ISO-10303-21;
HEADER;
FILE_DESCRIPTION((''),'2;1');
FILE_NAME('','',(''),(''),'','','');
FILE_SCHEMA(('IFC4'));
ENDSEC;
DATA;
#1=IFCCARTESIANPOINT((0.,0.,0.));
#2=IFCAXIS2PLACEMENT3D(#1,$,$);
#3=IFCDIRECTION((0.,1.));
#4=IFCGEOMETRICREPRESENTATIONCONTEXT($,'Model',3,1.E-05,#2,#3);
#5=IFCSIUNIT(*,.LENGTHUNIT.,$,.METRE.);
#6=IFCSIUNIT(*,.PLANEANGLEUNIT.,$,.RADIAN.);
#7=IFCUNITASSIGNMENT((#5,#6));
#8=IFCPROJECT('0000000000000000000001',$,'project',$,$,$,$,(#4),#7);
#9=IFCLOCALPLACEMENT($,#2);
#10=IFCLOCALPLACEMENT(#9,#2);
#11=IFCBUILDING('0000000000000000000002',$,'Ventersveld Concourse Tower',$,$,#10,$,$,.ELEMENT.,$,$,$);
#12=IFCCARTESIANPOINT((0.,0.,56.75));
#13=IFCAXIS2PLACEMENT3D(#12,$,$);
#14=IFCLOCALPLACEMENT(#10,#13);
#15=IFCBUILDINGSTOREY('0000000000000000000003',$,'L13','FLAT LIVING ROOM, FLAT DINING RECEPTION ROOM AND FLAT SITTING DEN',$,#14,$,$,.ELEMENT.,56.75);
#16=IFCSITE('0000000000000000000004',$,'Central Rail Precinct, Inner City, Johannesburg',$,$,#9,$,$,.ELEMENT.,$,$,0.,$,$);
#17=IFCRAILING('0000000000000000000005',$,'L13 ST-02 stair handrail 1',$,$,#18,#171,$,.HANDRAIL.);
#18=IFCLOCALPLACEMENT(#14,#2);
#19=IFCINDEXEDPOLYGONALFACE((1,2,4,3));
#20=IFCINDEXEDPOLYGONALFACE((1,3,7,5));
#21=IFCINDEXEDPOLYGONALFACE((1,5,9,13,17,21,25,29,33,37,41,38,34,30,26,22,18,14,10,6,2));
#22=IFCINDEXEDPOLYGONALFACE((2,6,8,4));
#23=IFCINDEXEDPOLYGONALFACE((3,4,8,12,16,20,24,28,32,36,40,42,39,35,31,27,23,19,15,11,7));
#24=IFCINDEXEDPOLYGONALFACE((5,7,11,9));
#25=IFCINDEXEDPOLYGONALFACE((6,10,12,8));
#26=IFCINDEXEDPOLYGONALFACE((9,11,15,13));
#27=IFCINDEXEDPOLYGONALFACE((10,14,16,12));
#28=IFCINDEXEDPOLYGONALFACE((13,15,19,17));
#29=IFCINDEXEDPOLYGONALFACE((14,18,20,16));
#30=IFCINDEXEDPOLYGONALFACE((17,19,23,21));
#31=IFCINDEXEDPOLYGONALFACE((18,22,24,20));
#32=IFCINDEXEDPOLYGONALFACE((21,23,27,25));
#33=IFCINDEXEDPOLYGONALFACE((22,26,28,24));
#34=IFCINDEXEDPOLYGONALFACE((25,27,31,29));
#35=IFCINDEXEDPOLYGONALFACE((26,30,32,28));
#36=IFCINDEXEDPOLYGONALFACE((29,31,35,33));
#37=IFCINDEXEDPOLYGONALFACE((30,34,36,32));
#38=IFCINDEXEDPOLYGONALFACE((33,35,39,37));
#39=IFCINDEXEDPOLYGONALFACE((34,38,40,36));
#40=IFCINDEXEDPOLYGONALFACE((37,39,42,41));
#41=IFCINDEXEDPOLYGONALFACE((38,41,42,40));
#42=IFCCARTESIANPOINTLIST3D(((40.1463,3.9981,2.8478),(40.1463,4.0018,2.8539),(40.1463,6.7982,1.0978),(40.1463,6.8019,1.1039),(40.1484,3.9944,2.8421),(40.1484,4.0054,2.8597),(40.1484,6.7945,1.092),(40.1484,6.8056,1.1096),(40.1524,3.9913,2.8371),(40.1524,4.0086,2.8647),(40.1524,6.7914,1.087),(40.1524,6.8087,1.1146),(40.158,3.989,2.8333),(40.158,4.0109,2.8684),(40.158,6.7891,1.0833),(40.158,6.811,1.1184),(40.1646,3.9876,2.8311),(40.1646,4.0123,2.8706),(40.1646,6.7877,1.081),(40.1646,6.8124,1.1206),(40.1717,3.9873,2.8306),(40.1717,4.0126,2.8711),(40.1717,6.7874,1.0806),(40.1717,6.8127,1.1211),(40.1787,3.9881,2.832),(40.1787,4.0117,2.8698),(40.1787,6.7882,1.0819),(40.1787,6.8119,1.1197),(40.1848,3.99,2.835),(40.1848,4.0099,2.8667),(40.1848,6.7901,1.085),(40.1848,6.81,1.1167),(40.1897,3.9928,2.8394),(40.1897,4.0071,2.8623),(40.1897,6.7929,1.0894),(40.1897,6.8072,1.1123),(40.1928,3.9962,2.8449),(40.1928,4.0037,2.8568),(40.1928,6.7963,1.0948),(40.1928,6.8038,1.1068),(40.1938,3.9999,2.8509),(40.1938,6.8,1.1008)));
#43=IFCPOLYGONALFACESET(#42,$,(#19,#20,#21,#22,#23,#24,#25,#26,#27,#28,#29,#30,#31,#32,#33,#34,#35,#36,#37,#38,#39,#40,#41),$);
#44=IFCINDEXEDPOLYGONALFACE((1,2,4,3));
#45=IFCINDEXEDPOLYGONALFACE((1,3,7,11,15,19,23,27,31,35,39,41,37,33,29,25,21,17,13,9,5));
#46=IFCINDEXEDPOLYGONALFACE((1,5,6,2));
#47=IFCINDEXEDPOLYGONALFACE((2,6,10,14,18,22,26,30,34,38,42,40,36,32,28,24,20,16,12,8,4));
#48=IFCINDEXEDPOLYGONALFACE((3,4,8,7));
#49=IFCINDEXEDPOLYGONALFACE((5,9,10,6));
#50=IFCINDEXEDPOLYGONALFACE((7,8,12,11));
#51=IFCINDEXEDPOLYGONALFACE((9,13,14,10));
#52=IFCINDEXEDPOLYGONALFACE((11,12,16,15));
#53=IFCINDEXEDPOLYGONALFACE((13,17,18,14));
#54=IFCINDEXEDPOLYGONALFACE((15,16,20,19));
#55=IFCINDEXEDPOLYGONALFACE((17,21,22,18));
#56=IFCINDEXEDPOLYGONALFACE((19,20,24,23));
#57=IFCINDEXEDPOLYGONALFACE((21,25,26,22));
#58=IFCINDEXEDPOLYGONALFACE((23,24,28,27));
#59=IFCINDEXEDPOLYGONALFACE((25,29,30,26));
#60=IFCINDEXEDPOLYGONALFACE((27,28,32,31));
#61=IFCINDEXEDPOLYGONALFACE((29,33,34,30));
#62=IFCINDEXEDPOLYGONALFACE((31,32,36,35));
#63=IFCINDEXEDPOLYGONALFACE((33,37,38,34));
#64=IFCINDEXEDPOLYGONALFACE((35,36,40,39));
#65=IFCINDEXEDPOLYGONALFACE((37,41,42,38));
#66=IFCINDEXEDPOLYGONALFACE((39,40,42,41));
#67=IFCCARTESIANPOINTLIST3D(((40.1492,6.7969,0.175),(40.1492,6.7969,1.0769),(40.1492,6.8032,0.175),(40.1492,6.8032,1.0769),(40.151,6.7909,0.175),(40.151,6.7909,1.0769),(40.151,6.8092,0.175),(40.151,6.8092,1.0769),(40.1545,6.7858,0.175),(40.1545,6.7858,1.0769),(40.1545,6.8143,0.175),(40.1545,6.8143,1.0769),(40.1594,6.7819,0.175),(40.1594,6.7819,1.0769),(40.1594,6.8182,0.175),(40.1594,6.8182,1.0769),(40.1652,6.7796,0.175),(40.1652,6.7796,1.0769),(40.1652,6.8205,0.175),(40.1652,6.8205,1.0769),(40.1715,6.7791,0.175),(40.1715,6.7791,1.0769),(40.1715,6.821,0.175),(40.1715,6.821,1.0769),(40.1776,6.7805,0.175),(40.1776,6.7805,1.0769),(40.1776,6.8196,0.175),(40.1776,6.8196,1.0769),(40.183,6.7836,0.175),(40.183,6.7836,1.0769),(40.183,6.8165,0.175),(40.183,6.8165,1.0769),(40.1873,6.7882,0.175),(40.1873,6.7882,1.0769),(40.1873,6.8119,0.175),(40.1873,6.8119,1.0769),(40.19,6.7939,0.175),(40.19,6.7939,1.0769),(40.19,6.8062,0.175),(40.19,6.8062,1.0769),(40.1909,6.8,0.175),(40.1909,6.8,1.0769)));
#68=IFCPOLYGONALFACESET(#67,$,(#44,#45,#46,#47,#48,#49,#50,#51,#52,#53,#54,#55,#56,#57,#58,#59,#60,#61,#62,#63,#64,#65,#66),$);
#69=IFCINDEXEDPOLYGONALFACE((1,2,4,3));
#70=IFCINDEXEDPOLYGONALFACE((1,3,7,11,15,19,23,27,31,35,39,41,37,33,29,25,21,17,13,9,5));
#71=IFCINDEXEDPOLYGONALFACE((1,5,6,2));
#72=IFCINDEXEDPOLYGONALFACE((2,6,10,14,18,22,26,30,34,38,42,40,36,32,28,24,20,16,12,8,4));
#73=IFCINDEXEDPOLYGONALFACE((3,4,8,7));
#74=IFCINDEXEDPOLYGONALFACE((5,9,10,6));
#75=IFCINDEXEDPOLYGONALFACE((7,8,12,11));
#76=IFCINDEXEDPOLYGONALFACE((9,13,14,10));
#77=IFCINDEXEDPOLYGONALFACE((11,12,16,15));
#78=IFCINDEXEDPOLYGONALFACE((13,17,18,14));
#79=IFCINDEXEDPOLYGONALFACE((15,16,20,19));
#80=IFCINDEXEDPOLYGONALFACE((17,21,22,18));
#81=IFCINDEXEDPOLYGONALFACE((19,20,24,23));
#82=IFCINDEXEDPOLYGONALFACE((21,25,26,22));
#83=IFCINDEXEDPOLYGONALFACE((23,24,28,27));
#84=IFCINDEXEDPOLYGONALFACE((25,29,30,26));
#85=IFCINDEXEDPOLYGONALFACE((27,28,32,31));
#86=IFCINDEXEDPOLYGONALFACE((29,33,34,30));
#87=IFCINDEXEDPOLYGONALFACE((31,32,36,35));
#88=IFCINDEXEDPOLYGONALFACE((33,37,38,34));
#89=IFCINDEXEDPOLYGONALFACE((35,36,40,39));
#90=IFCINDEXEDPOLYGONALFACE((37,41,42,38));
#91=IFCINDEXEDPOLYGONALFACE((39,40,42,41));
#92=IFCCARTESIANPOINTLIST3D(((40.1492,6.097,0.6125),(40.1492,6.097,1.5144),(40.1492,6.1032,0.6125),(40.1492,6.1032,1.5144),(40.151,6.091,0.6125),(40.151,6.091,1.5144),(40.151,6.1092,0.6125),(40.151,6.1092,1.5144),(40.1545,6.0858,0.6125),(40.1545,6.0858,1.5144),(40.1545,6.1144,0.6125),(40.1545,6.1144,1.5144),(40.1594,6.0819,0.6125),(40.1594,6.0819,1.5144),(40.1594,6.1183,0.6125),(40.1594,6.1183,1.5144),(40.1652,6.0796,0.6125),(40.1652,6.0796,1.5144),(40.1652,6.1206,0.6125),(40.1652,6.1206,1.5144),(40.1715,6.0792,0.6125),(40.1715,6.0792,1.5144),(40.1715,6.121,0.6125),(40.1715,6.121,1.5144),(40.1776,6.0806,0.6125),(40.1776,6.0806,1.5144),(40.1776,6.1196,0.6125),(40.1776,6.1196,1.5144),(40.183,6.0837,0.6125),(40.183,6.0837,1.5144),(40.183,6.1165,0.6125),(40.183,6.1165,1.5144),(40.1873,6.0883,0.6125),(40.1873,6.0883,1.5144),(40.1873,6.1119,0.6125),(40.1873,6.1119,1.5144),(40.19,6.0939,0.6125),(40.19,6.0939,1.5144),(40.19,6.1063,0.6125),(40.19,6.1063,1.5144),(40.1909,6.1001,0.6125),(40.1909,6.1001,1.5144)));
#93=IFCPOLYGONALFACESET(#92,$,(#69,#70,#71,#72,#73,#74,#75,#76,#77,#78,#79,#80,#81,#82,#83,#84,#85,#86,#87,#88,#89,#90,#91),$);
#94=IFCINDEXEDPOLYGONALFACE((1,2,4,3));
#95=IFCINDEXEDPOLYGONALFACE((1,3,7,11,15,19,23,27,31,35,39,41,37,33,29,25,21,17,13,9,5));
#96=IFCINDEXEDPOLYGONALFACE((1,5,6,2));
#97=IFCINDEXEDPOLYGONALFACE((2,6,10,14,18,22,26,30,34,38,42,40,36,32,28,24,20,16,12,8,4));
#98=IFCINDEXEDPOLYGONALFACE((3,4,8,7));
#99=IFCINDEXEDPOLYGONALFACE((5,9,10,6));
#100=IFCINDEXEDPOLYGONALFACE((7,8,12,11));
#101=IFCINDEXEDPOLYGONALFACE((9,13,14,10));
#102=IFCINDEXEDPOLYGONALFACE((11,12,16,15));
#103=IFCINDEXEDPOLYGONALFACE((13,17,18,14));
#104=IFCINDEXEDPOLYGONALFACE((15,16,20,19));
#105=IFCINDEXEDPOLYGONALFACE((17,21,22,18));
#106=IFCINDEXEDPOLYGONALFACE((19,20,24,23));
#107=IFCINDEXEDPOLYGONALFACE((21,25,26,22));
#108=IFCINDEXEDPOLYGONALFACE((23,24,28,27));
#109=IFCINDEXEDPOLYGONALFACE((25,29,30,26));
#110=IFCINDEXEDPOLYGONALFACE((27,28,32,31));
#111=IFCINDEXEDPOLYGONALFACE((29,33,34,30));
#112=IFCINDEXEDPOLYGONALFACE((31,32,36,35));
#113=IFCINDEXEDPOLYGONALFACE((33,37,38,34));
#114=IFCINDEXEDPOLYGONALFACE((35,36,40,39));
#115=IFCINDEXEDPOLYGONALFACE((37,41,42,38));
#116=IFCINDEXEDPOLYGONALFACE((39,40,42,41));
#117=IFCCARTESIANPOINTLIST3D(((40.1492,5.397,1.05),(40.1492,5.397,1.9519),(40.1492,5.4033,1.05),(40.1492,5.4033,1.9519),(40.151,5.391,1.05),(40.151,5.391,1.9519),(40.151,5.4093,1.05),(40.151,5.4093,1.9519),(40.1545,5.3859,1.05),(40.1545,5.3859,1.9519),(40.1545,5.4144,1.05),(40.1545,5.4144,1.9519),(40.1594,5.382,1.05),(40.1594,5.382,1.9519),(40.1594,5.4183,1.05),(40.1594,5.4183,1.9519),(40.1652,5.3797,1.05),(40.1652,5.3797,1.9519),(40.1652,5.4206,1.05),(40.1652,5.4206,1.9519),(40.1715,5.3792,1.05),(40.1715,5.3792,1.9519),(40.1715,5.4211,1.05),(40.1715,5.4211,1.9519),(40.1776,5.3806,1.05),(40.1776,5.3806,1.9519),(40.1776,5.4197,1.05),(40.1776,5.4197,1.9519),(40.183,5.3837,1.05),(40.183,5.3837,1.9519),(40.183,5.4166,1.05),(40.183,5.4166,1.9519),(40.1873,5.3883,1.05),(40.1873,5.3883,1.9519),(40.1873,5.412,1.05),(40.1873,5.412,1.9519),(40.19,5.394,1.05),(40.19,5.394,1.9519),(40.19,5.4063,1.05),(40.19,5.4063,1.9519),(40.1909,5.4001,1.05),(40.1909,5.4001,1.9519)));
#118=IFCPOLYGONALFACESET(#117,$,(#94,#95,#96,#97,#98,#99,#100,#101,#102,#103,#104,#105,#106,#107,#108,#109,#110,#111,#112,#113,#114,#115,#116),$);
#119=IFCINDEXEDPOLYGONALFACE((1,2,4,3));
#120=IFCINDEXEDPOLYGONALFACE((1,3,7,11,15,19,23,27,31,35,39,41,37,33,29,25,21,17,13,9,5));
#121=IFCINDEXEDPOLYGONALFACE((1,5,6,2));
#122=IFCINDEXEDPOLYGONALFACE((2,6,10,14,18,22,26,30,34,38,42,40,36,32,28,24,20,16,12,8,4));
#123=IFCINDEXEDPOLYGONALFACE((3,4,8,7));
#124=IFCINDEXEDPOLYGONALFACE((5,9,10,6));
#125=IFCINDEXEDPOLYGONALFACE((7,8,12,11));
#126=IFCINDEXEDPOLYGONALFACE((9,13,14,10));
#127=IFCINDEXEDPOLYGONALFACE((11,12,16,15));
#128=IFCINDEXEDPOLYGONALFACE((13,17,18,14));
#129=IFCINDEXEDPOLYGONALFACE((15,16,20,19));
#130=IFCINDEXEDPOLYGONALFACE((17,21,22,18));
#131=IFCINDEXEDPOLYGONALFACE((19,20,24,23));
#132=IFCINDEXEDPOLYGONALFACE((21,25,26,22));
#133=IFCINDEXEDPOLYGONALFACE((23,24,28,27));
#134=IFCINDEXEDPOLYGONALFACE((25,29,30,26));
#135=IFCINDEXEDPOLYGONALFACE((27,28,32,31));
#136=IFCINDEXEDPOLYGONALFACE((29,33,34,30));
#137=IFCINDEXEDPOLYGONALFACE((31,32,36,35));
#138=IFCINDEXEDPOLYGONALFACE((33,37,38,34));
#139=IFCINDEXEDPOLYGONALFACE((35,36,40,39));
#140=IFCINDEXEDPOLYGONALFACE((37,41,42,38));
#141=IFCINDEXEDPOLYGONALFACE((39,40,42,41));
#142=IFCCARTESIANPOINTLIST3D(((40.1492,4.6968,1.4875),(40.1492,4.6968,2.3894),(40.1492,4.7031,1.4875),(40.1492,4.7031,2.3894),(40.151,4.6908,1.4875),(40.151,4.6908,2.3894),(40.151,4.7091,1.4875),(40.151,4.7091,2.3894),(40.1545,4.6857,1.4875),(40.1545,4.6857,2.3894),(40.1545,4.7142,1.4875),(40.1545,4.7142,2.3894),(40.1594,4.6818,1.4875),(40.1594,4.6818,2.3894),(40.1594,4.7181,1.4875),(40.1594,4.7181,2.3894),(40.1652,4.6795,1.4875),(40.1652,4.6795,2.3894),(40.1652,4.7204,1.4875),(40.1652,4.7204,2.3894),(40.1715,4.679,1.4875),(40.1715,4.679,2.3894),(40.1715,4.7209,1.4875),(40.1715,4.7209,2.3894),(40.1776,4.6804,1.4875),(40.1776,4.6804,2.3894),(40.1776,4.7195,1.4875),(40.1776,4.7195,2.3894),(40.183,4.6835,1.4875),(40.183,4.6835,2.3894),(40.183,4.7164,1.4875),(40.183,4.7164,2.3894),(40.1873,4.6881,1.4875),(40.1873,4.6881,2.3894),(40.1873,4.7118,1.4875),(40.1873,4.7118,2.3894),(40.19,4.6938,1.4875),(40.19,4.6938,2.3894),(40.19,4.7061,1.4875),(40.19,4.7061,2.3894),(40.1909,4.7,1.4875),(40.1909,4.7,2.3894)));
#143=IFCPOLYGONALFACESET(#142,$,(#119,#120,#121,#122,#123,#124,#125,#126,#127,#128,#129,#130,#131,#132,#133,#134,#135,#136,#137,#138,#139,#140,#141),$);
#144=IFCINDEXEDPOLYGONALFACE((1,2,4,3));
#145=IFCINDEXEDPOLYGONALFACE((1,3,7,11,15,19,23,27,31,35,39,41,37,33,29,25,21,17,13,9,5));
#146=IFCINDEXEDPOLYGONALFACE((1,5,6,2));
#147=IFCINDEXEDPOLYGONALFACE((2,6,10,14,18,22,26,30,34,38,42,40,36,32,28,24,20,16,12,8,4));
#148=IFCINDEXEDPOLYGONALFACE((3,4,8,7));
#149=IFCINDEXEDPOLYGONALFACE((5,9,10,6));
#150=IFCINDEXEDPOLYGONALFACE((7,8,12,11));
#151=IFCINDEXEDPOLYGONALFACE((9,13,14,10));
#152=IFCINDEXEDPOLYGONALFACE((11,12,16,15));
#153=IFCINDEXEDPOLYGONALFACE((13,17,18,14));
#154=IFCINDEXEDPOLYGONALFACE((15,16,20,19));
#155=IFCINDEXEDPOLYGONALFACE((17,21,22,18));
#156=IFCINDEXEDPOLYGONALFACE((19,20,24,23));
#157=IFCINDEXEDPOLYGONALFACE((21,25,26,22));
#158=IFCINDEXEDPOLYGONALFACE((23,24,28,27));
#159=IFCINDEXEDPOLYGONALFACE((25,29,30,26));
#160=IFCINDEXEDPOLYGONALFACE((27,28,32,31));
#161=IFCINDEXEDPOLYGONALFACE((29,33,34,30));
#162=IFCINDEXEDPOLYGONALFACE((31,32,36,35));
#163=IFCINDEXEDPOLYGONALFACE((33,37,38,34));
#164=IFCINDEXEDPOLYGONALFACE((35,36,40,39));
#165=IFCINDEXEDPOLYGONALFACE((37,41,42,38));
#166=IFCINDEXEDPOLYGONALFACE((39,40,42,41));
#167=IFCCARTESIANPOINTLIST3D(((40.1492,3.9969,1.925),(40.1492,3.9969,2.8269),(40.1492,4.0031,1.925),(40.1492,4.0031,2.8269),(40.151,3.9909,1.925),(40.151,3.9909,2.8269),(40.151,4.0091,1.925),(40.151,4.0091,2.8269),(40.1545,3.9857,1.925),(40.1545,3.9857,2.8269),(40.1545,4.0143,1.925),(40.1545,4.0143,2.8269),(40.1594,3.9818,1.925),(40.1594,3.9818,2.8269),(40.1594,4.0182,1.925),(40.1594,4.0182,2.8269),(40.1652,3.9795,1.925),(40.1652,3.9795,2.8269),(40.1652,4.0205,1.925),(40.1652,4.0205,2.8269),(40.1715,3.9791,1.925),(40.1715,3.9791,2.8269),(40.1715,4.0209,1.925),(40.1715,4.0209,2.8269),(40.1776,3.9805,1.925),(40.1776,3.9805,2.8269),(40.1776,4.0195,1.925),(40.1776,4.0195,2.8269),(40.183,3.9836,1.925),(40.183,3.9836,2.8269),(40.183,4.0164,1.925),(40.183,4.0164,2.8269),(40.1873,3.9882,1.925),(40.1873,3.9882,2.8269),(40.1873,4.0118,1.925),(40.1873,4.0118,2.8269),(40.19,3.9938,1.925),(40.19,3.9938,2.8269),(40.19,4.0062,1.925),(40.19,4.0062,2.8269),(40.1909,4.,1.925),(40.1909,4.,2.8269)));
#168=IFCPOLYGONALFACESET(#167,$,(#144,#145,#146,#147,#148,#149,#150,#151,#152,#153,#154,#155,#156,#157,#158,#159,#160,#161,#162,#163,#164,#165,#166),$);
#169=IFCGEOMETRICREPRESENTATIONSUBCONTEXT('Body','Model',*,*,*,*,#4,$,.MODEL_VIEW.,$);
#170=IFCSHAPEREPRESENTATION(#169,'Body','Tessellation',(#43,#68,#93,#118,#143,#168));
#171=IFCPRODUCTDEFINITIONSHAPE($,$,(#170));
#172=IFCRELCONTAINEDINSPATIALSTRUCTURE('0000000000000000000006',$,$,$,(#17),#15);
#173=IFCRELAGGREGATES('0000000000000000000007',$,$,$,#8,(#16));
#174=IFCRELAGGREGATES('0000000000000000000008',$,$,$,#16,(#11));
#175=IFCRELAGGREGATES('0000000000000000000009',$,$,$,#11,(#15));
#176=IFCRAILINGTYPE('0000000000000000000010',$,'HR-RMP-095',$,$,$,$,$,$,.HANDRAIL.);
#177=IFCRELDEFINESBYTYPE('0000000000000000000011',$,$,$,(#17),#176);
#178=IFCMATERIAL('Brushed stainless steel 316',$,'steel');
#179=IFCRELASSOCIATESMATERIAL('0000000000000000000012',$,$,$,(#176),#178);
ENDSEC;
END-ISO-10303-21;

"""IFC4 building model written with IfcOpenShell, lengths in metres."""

from ifc_helpers import new_model, si_unit, direction, frame, origin, origin_2d, place, context, subcontext, project, spatial, circle, extrude, material, type_object, element, save


model = new_model("IFC4")

# Units and contexts
model_context = context("Model", 3, precision=1e-05, world=origin(), true_north=direction((0.0, 1.0)))
body_context = subcontext(model_context, "Body", "Model", "MODEL_VIEW")
ifc_project = project(units=[si_unit("LENGTHUNIT", "METRE"), si_unit("PLANEANGLEUNIT", "RADIAN")], contexts=[model_context])

# Site, building, storey
site_placement = place(None, origin())
site = spatial("IfcSite", under=ifc_project, at=site_placement, Name="Central Rail Precinct, Inner City, Johannesburg", CompositionType="ELEMENT", RefElevation=0.0)
building_placement = place(site_placement, origin())
building = spatial("IfcBuilding", under=site, at=building_placement, Name="Ventersveld Concourse Tower", CompositionType="ELEMENT")
storey_placement = place(building_placement, frame((0.0, 0.0, 56.75)))
storey = spatial("IfcBuildingStorey", under=building, at=storey_placement, Name="L13", Description="FLAT LIVING ROOM, FLAT DINING RECEPTION ROOM AND FLAT SITTING DEN", CompositionType="ELEMENT", Elevation=56.75)

# Railing
ifc_material_1 = material(Name="Brushed stainless steel 316", Category="steel")
railing_type_1 = type_object("IfcRailingType", Name="HR-RMP-095", PredefinedType="HANDRAIL", material=ifc_material_1)
railing_1_placement = place(storey_placement, frame((40.1699, 6.8, 0.175)))
element("IfcRailing", 1, at=railing_1_placement, inside=storey, type_object=railing_type_1, Name="L13 ST-02 stair handrail 1", PredefinedType="HANDRAIL", context=body_context, shape_type="SweptSolid", body=[
    extrude(circle(Radius=0.0239, at=origin_2d()), frame((0.0, 0.0, 0.9258), z_axis=(0.0, -0.848002, 0.529992), x_axis=(1.0, 0.0, 0.0)), (0.0, 0.0, 1.0), 3.302),
    extrude(circle(Radius=0.021, at=origin_2d()), origin(), (0.0, 0.0, 1.0), 0.9019),
    extrude(circle(Radius=0.021, at=origin_2d()), frame((0.0, -0.7, 0.4375)), (0.0, 0.0, 1.0), 0.9019),
    extrude(circle(Radius=0.021, at=origin_2d()), frame((0.0, -1.3999, 0.875)), (0.0, 0.0, 1.0), 0.9019),
    extrude(circle(Radius=0.021, at=origin_2d()), frame((0.0, -2.1001, 1.3125)), (0.0, 0.0, 1.0), 0.9019),
    extrude(circle(Radius=0.021, at=origin_2d()), frame((0.0, -2.8, 1.75)), (0.0, 0.0, 1.0), 0.9019),
])

save(model, "model.ifc")
